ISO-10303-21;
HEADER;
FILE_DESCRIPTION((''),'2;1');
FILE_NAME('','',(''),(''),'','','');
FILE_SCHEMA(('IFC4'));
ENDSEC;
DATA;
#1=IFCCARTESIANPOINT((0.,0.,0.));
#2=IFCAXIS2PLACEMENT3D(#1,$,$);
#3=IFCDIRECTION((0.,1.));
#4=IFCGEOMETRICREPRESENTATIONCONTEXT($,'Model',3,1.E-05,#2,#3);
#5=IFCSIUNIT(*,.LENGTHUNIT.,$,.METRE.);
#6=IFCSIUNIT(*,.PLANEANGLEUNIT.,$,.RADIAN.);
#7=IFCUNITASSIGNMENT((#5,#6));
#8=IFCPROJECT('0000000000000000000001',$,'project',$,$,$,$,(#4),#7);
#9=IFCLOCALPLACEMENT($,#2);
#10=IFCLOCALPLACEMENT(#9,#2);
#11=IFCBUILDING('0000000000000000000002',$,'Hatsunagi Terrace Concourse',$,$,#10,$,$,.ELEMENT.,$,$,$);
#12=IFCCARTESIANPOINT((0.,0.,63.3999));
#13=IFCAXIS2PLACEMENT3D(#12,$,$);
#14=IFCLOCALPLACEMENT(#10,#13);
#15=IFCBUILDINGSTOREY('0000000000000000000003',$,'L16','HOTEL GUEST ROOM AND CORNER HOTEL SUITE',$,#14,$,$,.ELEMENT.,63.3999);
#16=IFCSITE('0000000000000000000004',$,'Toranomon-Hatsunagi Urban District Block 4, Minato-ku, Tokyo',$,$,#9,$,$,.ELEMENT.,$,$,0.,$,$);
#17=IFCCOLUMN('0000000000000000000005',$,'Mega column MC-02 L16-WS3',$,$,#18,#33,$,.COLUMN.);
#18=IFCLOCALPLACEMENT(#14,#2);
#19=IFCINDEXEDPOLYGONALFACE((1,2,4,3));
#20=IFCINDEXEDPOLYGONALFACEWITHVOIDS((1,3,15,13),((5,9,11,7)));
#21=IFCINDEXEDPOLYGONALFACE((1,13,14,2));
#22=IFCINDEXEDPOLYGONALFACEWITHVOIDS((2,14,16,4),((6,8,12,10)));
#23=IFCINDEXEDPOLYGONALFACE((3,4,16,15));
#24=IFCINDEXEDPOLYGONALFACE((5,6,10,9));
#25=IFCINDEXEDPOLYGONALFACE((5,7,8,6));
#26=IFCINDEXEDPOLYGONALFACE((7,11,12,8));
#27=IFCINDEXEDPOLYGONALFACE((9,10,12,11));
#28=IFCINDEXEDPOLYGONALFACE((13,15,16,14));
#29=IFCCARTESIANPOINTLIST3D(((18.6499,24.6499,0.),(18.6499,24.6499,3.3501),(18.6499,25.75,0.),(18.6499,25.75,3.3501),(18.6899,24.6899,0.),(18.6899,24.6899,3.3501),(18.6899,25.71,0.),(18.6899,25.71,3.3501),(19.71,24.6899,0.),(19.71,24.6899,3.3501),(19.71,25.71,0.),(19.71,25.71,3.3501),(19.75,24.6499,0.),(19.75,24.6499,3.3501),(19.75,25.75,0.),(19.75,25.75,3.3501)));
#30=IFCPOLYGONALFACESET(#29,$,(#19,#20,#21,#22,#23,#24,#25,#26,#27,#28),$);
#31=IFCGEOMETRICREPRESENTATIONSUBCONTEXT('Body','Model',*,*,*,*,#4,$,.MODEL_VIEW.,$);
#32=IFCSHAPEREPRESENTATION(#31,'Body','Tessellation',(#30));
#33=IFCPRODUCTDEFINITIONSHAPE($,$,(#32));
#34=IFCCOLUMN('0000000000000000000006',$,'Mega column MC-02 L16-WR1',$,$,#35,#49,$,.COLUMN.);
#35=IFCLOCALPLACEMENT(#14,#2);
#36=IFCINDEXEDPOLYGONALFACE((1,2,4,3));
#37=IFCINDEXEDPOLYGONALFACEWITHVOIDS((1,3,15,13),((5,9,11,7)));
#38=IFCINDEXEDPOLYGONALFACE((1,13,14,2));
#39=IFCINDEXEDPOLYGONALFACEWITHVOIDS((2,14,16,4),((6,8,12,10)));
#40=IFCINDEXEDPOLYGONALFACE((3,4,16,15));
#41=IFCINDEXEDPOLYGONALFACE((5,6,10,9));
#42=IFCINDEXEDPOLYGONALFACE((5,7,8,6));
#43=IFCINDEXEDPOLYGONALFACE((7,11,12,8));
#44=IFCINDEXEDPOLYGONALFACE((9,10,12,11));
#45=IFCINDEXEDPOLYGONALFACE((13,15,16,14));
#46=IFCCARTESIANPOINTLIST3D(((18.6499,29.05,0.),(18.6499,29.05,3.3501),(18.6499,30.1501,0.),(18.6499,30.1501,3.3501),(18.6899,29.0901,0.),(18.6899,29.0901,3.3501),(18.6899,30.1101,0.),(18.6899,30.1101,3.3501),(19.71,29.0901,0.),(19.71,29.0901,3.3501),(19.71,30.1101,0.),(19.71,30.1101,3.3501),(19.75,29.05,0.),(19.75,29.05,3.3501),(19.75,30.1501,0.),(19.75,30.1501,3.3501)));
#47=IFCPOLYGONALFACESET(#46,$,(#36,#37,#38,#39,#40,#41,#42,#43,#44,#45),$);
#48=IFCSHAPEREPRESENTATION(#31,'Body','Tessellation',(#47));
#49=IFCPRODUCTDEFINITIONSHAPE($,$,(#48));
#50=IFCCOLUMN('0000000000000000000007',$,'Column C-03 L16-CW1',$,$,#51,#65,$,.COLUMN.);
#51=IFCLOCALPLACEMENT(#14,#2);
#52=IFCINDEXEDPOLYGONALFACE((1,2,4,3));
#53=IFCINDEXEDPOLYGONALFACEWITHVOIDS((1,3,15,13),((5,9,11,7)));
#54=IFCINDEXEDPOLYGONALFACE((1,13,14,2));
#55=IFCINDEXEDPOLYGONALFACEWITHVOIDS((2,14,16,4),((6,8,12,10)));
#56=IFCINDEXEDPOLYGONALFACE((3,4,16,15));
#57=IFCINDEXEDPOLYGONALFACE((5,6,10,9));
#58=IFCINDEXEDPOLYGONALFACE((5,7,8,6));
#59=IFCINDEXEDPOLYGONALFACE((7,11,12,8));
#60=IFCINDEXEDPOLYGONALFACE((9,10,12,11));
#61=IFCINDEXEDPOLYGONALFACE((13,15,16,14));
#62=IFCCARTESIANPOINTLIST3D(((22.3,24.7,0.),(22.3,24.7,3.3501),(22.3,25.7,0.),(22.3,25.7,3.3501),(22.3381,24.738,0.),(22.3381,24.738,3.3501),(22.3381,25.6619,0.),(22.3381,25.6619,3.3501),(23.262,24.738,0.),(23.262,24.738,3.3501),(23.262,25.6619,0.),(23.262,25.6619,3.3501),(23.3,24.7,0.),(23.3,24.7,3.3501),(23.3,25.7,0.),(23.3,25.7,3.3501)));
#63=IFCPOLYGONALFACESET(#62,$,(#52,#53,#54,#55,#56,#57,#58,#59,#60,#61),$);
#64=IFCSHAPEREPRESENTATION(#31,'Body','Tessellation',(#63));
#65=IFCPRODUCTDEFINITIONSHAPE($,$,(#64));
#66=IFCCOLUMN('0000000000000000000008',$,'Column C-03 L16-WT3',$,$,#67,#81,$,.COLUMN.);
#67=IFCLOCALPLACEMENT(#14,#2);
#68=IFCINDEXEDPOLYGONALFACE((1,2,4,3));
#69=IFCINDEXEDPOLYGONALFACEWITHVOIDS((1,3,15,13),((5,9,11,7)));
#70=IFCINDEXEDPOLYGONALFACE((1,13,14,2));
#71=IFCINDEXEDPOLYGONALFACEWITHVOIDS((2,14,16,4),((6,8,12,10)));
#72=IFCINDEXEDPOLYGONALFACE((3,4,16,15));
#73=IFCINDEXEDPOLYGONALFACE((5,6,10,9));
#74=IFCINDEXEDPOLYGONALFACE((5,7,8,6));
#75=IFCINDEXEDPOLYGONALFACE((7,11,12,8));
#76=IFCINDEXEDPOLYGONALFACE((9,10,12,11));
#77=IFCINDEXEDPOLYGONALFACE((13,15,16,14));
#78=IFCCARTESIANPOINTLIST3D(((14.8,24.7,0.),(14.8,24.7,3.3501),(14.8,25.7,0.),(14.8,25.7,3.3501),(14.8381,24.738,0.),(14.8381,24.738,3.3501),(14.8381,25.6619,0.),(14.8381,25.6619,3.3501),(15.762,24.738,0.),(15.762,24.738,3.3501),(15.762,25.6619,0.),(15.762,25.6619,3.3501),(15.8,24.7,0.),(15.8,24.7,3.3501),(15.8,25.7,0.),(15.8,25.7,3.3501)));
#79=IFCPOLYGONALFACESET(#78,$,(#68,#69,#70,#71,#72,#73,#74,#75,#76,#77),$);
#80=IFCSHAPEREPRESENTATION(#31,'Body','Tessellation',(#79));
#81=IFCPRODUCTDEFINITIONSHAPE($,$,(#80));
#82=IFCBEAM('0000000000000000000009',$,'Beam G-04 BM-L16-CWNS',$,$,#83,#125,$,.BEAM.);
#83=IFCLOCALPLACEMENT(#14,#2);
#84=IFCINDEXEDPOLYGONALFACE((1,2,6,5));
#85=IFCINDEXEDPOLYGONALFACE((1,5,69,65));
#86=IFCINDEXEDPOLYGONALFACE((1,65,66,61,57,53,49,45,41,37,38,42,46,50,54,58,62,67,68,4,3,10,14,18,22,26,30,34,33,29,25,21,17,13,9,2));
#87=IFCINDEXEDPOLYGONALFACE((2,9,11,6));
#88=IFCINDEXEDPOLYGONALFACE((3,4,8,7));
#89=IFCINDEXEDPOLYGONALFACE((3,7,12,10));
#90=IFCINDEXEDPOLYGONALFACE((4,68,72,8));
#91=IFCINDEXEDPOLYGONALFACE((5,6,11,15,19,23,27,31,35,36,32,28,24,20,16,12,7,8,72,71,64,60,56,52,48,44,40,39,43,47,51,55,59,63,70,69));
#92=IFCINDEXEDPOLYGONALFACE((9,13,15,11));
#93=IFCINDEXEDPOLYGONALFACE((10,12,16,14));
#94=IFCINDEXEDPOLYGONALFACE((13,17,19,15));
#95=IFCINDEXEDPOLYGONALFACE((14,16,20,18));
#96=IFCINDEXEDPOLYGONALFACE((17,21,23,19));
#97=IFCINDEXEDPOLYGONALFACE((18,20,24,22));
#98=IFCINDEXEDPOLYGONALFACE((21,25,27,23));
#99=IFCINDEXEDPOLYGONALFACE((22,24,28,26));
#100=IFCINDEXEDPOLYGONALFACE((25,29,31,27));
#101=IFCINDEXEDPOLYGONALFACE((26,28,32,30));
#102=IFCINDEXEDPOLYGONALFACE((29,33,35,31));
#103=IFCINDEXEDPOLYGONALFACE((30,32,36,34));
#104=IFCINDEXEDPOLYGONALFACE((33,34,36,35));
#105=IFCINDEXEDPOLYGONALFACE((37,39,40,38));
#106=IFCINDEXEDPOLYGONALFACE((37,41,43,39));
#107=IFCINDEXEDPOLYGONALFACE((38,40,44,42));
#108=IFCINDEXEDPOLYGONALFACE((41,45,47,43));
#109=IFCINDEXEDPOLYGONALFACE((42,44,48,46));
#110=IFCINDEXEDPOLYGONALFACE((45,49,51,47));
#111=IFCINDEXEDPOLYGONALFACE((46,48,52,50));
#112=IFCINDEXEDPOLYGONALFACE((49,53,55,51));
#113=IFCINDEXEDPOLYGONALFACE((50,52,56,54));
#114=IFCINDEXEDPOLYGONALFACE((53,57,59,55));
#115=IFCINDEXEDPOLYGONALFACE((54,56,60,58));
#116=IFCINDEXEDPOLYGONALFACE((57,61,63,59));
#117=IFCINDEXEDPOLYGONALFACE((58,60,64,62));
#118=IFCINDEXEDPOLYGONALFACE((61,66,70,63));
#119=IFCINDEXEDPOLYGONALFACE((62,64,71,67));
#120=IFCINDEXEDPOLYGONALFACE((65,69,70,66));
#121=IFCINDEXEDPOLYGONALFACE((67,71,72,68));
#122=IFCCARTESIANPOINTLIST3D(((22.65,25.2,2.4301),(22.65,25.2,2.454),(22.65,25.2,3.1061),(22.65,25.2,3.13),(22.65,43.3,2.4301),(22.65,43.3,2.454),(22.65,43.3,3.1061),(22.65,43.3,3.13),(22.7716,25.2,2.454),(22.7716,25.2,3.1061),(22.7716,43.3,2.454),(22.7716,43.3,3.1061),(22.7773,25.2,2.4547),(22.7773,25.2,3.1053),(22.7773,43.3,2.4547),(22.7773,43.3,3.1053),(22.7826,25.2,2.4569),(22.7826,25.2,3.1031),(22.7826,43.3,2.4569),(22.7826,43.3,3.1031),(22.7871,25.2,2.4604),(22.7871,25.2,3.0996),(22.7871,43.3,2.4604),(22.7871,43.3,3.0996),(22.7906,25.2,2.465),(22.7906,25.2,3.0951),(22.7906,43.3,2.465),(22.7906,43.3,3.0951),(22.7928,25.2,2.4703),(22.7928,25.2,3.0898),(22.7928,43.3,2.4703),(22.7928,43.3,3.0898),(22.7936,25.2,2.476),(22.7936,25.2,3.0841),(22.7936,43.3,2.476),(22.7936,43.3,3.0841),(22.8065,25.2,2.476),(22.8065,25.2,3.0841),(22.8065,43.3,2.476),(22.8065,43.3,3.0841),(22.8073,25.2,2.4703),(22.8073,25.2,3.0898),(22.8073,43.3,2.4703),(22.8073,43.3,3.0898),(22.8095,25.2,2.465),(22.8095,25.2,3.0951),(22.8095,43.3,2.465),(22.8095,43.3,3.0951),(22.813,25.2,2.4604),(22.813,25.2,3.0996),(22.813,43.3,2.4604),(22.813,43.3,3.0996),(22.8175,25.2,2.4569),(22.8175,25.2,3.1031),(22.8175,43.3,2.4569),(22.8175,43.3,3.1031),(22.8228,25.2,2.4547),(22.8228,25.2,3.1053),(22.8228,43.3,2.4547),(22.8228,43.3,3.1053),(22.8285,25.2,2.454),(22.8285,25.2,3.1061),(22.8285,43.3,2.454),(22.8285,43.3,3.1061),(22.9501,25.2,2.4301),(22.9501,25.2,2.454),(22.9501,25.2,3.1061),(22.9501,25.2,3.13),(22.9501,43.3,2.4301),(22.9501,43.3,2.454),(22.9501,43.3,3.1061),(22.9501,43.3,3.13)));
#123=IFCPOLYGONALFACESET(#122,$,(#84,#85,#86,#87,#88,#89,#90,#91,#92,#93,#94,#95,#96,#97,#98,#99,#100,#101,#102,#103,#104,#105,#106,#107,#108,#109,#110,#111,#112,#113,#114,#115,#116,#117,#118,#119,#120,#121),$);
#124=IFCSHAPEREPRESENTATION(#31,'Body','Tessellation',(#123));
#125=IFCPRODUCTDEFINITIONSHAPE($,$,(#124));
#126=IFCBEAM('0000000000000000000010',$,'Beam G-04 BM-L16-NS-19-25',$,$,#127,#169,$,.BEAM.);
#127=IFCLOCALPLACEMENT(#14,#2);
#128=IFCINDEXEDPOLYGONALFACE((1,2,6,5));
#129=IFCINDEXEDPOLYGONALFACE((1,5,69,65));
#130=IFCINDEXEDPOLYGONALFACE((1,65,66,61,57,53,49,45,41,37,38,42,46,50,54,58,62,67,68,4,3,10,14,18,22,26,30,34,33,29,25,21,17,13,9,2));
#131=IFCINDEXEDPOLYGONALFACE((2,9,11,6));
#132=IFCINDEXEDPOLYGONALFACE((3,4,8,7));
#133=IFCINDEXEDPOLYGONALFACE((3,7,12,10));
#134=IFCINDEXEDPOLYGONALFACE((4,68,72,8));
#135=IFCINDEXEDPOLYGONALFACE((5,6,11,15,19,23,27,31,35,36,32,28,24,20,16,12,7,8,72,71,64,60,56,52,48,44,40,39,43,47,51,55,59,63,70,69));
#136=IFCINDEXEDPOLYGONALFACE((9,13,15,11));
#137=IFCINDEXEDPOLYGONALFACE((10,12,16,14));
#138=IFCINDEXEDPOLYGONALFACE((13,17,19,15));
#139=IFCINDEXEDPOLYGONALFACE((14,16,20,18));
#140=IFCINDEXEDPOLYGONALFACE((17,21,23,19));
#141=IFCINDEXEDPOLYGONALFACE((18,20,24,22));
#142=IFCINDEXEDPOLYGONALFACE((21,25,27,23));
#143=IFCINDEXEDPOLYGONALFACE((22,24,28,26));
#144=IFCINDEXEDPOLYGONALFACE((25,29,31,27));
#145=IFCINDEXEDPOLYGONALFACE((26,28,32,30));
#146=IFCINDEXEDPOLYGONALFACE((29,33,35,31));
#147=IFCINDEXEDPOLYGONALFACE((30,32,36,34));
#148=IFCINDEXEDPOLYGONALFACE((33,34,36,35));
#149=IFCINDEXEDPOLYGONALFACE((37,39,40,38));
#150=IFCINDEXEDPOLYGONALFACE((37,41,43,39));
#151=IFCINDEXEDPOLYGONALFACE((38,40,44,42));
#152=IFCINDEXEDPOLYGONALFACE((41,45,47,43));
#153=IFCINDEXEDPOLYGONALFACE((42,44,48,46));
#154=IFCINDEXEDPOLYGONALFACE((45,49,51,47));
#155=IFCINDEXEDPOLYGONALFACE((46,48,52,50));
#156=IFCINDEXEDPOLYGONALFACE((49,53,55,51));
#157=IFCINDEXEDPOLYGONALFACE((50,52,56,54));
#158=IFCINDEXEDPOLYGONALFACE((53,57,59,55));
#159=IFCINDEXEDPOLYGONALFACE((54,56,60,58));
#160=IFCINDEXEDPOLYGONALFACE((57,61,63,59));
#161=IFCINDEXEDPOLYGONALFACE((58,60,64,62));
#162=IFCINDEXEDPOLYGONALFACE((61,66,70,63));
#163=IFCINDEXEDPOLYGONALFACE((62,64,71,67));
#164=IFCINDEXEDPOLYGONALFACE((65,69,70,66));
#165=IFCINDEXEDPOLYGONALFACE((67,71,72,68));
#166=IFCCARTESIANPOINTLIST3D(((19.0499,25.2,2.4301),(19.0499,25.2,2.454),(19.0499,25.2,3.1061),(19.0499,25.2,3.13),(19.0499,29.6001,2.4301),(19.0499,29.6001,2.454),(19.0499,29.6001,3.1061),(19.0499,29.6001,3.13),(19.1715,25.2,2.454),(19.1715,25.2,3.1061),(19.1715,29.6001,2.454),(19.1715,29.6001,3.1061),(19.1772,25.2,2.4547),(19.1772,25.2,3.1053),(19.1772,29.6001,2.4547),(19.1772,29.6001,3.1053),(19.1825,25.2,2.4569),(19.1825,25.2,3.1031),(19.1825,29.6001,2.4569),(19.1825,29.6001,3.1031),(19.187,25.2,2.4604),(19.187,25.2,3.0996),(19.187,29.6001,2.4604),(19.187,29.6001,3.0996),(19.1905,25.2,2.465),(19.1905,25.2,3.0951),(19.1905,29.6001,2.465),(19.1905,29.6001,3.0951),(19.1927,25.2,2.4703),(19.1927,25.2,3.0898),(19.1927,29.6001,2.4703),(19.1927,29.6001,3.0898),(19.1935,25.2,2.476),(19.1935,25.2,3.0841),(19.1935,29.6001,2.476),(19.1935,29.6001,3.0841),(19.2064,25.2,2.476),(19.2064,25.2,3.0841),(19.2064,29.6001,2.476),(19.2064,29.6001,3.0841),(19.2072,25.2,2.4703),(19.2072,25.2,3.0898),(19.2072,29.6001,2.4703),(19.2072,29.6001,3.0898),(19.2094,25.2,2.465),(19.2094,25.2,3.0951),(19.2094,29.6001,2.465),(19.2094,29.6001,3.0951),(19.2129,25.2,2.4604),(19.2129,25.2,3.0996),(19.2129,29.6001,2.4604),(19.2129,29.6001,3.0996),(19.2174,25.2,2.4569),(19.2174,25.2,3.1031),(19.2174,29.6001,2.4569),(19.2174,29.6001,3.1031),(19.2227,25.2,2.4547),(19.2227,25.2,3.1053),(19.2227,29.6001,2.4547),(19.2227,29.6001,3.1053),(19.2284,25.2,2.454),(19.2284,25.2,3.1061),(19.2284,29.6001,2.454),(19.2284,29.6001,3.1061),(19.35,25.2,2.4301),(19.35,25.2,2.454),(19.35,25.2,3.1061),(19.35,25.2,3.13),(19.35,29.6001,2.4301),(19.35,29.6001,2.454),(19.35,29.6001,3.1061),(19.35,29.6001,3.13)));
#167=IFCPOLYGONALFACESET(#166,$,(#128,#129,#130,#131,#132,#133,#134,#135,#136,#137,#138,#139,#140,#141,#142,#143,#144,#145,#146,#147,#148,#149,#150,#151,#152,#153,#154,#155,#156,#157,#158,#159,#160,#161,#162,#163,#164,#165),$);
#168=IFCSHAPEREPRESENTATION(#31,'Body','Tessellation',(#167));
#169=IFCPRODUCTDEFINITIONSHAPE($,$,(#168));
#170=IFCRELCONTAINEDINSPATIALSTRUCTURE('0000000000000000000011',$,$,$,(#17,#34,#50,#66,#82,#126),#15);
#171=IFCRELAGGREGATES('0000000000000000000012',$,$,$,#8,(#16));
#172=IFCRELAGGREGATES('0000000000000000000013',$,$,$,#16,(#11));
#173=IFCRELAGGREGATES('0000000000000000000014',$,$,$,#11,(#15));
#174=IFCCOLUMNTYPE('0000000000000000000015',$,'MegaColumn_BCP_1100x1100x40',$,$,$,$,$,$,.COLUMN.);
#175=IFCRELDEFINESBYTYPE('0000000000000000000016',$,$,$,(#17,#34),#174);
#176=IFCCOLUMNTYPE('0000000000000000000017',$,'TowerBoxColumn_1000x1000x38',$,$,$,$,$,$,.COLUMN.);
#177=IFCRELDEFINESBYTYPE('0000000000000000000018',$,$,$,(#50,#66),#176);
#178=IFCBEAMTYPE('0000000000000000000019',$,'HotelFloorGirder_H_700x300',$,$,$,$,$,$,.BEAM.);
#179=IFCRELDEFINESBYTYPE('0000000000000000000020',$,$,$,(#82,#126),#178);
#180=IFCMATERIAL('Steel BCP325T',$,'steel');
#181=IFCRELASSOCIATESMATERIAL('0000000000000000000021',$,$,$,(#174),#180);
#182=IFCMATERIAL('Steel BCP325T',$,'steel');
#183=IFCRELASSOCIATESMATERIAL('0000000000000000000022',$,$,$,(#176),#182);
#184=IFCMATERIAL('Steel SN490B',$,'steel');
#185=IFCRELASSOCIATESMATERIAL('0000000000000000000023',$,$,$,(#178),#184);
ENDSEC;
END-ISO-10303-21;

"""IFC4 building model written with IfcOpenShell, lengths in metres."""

from ifc_helpers import new_model, si_unit, direction, frame, origin, origin_2d, place, context, subcontext, project, spatial, hollow_rectangle, i_section, extrude, material, material_profile, profile_set, type_object, element, save


model = new_model("IFC4")

# Units and contexts
model_context = context("Model", 3, precision=1e-05, world=origin(), true_north=direction((0.0, 1.0)))
body_context = subcontext(model_context, "Body", "Model", "MODEL_VIEW")
ifc_project = project(units=[si_unit("LENGTHUNIT", "METRE"), si_unit("PLANEANGLEUNIT", "RADIAN")], contexts=[model_context])

# Site, building, storey
site_placement = place(None, origin())
site = spatial("IfcSite", under=ifc_project, at=site_placement, Name="Toranomon-Hatsunagi Urban District Block 4, Minato-ku, Tokyo", CompositionType="ELEMENT", RefElevation=0.0)
building_placement = place(site_placement, origin())
building = spatial("IfcBuilding", under=site, at=building_placement, Name="Hatsunagi Terrace Concourse", CompositionType="ELEMENT")
storey_placement = place(building_placement, frame((0.0, 0.0, 63.3999)))
storey = spatial("IfcBuildingStorey", under=building, at=storey_placement, Name="L16", Description="HOTEL GUEST ROOM AND CORNER HOTEL SUITE", CompositionType="ELEMENT", Elevation=63.3999)

# Columns
ifc_material_1 = material(Name="Steel BCP325T", Category="steel")
ifc_material_profile_1 = material_profile(ifc_material_1, hollow_rectangle(XDim=1.1001, YDim=1.1001, WallThickness=0.04, at=origin_2d()), Name="BCP-1100x1100x40")
ifc_profile_set_1 = profile_set([ifc_material_profile_1], Name="Steel BCP325T")
column_type_1 = type_object("IfcColumnType", Name="MegaColumn_BCP_1100x1100x40", PredefinedType="COLUMN", material=ifc_profile_set_1)
for number, where, z_axis, x_axis, name in (
    (1, (19.2, 25.2, 0.0), (0.0, 0.0, 1.0), (1.0, 0.0, 0.0), "Mega column MC-02 L16-WS3"),
    (2, (19.2, 29.6001, 0.0), (0.0, 0.0, 1.0), (1.0, 0.0, 0.0), "Mega column MC-02 L16-WR1"),
):
    element("IfcColumn", number, at=place(storey_placement, frame(where, z_axis=z_axis, x_axis=x_axis)), inside=storey, type_object=column_type_1, Name=name, PredefinedType="COLUMN", context=body_context, shape_type="SweptSolid", body=[
        extrude(hollow_rectangle(XDim=1.1001, YDim=1.1001, WallThickness=0.04, at=origin_2d()), origin(), (0.0, 0.0, 1.0), 3.3501),
    ])
ifc_material_2 = material(Name="Steel BCP325T", Category="steel")
ifc_material_profile_2 = material_profile(ifc_material_2, hollow_rectangle(XDim=1.0, YDim=1.0, WallThickness=0.0381, at=origin_2d()), Name="BCP-1000x1000x38")
ifc_profile_set_2 = profile_set([ifc_material_profile_2], Name="Steel BCP325T")
column_type_2 = type_object("IfcColumnType", Name="TowerBoxColumn_1000x1000x38", PredefinedType="COLUMN", material=ifc_profile_set_2)
for number, where, z_axis, x_axis, name in (
    (3, (22.8, 25.2, 0.0), (0.0, 0.0, 1.0), (1.0, 0.0, 0.0), "Column C-03 L16-CW1"),
    (4, (15.3, 25.2, 0.0), (0.0, 0.0, 1.0), (1.0, 0.0, 0.0), "Column C-03 L16-WT3"),
):
    element("IfcColumn", number, at=place(storey_placement, frame(where, z_axis=z_axis, x_axis=x_axis)), inside=storey, type_object=column_type_2, Name=name, PredefinedType="COLUMN", context=body_context, shape_type="SweptSolid", body=[
        extrude(hollow_rectangle(XDim=1.0, YDim=1.0, WallThickness=0.0381, at=origin_2d()), origin(), (0.0, 0.0, 1.0), 3.3501),
    ])

# Beams
ifc_material_3 = material(Name="Steel SN490B", Category="steel")
ifc_material_profile_3 = material_profile(ifc_material_3, i_section(OverallWidth=0.3, OverallDepth=0.7, WebThickness=0.0129, FlangeThickness=0.0239, FilletRadius=0.022, at=origin_2d()), Name="H-700x300x13x24")
ifc_profile_set_3 = profile_set([ifc_material_profile_3], Name="Steel SN490B")
beam_type_1 = type_object("IfcBeamType", Name="HotelFloorGirder_H_700x300", PredefinedType="BEAM", material=ifc_profile_set_3)
beam_1_placement = place(storey_placement, frame((22.8, 25.2, 2.78), z_axis=(0.0, 1.0, 0.0), x_axis=(-1.0, 0.0, 0.0)))
element("IfcBeam", 5, at=beam_1_placement, inside=storey, type_object=beam_type_1, Name="Beam G-04 BM-L16-CWNS", PredefinedType="BEAM", context=body_context, shape_type="SweptSolid", body=[
    extrude(i_section(OverallWidth=0.3, OverallDepth=0.7, WebThickness=0.0129, FlangeThickness=0.0239, FilletRadius=0.022, at=origin_2d()), origin(), (0.0, 0.0, 1.0), 18.1001),
])
beam_2_placement = place(storey_placement, frame((19.2, 25.2, 2.78), z_axis=(0.0, 1.0, 0.0), x_axis=(-1.0, 0.0, 0.0)))
element("IfcBeam", 6, at=beam_2_placement, inside=storey, type_object=beam_type_1, Name="Beam G-04 BM-L16-NS-19-25", PredefinedType="BEAM", context=body_context, shape_type="SweptSolid", body=[
    extrude(i_section(OverallWidth=0.3, OverallDepth=0.7, WebThickness=0.0129, FlangeThickness=0.0239, FilletRadius=0.022, at=origin_2d()), origin(), (0.0, 0.0, 1.0), 4.4001),
])

save(model, "model.ifc")
